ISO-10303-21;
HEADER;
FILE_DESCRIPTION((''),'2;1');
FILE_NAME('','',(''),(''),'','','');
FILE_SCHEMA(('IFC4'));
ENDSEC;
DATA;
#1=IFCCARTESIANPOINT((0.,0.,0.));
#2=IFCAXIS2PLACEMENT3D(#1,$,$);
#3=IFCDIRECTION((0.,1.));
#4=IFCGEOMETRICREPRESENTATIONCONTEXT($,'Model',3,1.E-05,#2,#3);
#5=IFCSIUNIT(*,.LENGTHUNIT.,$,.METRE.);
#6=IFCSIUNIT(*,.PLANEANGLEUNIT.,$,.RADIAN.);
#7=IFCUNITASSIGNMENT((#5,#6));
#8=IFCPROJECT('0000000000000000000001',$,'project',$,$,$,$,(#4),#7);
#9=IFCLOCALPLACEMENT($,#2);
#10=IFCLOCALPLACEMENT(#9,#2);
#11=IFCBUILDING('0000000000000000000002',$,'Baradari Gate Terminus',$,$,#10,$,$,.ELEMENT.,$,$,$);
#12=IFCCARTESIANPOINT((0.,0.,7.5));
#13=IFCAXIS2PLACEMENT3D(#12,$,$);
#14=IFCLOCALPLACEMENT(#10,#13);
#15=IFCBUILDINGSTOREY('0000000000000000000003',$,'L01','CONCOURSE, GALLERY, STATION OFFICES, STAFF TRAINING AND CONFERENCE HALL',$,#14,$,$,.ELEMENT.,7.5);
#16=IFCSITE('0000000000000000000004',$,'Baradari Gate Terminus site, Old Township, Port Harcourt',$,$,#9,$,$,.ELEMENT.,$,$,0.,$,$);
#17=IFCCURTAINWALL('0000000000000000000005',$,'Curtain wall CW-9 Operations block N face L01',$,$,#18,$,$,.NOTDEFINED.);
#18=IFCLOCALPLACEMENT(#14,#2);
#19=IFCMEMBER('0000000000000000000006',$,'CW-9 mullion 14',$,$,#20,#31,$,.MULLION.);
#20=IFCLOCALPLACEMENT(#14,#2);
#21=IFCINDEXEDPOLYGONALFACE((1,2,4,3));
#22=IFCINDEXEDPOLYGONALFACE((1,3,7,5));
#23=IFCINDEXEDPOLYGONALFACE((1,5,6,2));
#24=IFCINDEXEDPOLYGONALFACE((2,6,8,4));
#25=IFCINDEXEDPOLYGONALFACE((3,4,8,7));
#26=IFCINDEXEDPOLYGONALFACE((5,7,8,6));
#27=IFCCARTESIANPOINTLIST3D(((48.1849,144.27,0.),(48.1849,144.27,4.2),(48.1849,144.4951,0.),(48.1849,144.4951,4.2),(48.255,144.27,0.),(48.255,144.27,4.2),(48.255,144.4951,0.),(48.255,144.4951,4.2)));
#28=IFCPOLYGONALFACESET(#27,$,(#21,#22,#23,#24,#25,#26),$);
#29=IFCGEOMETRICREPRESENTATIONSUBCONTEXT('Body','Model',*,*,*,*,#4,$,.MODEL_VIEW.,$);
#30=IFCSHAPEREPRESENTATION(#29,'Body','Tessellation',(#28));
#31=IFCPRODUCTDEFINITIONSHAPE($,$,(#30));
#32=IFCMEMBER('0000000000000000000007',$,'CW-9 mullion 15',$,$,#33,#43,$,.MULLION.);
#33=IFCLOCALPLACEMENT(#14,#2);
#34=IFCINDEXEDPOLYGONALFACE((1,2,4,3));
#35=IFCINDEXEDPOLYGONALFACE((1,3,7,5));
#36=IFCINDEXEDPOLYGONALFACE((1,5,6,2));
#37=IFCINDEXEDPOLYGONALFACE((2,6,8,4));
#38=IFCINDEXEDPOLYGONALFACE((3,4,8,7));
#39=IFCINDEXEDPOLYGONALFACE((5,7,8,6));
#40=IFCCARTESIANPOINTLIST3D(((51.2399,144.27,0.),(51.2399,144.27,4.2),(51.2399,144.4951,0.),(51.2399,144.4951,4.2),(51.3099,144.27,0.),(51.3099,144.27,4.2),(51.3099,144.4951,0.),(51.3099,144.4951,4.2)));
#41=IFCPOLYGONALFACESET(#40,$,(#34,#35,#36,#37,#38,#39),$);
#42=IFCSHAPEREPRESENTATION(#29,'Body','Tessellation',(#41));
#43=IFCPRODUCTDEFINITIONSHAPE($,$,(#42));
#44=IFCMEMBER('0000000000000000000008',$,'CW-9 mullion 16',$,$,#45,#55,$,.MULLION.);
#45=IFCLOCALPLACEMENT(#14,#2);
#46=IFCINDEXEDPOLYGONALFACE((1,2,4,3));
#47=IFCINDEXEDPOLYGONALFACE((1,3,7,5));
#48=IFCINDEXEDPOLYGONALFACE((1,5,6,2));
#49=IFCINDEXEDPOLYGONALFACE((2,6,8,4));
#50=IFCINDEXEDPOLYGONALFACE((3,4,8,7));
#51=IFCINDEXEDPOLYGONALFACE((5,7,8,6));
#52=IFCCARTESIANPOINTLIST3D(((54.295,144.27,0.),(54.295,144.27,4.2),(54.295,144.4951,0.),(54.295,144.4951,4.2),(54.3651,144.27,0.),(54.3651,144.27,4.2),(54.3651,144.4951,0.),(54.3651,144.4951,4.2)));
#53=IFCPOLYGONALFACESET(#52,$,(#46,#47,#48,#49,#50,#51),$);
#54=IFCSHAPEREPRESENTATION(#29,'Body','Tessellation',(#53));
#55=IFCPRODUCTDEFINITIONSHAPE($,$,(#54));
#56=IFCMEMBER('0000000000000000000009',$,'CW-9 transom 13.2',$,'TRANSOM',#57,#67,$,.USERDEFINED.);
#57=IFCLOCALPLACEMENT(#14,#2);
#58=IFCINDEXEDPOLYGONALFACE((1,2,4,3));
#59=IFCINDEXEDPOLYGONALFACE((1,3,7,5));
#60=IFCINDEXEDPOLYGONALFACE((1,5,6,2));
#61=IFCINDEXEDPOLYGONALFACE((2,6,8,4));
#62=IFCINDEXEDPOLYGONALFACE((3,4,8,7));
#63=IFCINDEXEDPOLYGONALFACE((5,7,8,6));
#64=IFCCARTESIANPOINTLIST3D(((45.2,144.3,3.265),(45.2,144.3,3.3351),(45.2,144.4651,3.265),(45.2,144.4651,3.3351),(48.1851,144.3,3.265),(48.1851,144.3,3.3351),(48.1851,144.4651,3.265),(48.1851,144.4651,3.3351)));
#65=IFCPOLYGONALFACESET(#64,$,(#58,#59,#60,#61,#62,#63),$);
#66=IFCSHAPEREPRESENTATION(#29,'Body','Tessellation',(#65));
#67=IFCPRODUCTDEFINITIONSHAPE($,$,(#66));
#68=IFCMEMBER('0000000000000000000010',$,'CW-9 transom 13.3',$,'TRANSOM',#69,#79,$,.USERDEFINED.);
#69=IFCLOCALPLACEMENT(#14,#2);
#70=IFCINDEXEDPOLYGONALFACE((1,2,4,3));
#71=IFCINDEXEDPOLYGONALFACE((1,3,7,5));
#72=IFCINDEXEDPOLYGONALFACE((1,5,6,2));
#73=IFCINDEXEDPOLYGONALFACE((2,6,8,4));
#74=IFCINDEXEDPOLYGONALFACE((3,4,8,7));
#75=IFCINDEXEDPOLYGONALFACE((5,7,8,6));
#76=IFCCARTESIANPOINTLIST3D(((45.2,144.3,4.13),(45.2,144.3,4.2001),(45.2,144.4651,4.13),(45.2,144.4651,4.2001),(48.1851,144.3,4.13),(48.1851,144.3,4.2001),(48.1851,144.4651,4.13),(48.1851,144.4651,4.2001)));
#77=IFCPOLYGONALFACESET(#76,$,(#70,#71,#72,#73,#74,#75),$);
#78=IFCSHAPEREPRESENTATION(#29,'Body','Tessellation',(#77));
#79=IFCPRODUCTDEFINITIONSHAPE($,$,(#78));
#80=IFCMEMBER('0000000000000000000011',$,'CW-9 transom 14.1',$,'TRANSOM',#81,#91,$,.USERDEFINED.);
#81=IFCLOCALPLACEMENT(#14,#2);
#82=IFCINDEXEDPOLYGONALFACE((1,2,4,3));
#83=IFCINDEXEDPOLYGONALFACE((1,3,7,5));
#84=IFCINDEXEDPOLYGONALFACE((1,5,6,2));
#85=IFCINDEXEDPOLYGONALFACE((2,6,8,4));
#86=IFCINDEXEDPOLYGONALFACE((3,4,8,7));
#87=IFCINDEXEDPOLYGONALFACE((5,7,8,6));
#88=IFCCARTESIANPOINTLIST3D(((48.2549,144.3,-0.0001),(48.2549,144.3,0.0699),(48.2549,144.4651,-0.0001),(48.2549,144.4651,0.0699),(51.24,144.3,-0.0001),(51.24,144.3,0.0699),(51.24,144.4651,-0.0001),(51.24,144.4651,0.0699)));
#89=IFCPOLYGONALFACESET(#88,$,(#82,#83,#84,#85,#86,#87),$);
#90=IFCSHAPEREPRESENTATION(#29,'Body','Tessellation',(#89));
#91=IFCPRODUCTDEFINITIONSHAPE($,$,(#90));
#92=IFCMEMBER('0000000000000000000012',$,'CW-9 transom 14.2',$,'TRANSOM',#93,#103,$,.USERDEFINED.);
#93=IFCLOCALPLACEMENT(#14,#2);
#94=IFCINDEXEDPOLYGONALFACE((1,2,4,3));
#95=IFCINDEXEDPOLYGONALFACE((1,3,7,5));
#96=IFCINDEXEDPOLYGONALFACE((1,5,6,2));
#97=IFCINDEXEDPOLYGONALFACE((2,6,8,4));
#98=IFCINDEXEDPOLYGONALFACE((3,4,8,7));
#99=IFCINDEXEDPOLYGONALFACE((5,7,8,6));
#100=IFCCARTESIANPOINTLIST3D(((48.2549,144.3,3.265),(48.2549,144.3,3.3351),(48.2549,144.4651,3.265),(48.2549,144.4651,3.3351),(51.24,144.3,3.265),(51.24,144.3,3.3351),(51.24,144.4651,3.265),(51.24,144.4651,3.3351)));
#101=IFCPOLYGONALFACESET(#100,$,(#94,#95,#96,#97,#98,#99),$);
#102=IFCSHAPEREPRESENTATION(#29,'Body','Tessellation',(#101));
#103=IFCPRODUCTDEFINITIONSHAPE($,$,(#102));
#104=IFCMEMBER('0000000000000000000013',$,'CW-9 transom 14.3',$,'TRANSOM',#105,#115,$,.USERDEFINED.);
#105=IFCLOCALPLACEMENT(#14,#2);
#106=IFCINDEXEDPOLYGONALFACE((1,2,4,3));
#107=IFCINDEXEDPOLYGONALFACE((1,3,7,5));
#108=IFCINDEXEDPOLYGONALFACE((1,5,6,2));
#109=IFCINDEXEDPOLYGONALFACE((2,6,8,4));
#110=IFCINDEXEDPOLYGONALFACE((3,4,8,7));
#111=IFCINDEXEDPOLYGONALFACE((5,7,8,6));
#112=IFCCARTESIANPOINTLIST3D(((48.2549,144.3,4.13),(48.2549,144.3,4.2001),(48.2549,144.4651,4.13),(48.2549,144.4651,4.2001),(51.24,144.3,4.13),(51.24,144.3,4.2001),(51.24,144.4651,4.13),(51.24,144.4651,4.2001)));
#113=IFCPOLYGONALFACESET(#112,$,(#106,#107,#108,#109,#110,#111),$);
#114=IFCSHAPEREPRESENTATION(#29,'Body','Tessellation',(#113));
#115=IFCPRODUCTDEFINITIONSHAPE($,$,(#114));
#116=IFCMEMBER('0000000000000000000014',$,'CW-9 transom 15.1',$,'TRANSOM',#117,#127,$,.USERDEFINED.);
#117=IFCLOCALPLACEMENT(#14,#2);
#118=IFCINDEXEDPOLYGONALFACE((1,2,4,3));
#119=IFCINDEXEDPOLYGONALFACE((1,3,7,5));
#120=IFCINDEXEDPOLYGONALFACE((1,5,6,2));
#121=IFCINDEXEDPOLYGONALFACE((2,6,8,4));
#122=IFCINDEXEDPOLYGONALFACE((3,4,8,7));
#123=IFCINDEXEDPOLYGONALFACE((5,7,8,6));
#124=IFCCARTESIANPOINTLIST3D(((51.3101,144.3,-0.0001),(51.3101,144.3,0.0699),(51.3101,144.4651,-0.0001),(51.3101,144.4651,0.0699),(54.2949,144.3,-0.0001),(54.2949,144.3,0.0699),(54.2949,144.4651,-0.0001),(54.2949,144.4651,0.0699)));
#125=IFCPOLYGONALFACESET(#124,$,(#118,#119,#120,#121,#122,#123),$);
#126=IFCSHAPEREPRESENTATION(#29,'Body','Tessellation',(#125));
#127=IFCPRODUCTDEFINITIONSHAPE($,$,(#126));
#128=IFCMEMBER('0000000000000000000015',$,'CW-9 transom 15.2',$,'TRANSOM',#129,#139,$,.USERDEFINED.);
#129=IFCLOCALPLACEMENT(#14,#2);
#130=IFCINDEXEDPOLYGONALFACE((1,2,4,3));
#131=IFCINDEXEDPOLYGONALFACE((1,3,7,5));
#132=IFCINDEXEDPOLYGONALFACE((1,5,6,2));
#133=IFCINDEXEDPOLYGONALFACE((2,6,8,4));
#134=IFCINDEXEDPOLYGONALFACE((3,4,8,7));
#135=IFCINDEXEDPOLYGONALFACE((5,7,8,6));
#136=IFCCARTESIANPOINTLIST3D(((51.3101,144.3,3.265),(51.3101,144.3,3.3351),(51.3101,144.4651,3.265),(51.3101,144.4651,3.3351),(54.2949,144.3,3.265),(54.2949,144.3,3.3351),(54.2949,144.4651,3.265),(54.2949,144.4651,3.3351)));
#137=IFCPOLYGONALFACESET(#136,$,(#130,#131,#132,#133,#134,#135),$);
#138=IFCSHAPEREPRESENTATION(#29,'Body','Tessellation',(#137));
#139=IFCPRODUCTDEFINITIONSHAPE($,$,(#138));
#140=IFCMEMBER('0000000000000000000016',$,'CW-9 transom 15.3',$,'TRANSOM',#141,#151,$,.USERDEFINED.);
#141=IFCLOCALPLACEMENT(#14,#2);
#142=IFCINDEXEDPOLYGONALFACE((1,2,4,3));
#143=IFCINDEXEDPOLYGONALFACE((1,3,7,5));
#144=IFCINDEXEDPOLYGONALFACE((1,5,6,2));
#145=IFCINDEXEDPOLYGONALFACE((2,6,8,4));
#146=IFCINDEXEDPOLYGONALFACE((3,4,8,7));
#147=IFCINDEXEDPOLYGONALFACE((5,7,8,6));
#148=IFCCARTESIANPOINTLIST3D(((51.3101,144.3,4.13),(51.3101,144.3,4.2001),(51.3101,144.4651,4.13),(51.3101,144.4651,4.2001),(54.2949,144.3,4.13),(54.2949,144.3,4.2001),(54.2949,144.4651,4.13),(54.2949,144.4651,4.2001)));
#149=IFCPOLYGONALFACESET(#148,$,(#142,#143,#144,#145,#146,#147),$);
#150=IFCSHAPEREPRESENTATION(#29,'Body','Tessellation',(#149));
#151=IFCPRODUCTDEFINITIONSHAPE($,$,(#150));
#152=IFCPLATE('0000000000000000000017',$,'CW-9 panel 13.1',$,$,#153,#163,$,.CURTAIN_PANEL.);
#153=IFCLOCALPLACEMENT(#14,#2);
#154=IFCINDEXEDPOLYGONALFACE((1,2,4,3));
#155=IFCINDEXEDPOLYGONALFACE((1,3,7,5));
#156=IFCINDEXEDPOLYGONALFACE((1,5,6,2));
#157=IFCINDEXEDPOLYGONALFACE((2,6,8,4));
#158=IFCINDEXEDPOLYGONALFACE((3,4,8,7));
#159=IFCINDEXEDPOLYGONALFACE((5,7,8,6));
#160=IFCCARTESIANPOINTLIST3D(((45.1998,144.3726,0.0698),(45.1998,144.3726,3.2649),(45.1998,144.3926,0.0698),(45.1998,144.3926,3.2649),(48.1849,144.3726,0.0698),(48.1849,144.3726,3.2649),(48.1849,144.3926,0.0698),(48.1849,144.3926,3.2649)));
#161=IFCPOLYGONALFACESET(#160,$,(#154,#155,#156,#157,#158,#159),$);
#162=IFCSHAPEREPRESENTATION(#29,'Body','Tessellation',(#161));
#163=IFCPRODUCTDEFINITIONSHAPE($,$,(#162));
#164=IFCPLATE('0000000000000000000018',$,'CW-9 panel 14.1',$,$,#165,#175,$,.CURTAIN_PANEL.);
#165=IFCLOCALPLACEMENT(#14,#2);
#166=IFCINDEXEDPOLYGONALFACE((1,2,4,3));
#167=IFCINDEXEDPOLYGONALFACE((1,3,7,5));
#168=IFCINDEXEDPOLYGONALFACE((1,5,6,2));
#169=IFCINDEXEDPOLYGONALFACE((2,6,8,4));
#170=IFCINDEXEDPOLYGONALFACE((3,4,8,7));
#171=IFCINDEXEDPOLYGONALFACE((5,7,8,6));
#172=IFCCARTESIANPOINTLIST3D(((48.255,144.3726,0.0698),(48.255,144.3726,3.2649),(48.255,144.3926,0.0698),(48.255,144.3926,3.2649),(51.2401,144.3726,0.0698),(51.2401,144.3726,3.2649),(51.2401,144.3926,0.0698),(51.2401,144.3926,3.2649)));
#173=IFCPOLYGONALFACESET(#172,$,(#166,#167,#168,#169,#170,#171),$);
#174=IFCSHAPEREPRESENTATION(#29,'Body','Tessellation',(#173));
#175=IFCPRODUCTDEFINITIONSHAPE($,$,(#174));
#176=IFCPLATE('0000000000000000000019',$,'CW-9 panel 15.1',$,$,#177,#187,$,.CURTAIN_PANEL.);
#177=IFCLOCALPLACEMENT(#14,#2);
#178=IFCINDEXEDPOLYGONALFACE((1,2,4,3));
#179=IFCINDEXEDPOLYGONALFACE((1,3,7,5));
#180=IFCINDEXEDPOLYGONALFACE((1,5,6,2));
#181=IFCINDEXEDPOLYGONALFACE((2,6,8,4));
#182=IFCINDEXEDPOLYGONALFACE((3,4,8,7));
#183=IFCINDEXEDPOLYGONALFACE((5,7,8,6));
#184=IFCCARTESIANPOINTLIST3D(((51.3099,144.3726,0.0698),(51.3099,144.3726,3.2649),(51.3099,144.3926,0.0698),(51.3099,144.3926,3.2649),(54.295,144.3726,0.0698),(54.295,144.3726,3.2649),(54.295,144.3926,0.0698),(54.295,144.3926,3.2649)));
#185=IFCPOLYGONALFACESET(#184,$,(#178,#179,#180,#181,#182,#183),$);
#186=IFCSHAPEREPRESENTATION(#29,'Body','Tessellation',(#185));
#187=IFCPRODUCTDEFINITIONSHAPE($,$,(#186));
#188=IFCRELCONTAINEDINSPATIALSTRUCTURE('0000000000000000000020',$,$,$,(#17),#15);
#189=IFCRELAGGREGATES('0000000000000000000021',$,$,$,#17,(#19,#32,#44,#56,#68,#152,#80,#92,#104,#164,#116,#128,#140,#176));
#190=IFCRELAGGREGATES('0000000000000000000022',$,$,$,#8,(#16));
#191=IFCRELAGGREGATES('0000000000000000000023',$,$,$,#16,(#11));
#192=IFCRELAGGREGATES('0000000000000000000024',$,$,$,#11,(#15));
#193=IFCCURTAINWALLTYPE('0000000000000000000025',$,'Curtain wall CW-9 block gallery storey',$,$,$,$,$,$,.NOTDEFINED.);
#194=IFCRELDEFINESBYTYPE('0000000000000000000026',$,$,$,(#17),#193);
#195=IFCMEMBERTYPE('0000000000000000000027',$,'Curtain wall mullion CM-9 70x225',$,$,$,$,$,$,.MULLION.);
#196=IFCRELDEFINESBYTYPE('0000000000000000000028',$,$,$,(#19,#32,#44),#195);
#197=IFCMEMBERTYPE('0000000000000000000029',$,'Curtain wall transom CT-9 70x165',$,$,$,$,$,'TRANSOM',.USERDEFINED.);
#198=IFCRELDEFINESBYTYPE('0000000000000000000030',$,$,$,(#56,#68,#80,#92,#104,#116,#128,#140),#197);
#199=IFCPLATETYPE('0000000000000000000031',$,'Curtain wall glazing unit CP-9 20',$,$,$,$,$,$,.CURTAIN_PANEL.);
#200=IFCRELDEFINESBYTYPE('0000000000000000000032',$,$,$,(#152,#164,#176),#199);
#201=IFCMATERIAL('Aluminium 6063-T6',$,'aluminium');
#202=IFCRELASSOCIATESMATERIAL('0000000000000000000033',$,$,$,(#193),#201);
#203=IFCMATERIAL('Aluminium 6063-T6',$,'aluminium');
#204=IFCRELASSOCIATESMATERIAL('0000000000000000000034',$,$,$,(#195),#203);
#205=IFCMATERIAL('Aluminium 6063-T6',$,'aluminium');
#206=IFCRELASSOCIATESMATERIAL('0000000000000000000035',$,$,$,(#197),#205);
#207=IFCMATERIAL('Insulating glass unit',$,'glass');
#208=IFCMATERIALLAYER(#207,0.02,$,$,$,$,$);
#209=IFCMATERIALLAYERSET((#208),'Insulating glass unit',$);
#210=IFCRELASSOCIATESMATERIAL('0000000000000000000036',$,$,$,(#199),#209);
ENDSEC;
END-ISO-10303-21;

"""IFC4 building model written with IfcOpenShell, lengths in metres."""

from ifc_helpers import new_model, si_unit, direction, frame, origin, origin_2d, place, context, subcontext, project, spatial, rectangle, extrude, material, layer, layer_set, material_profile, profile_set, type_object, element, aggregate, save


model = new_model("IFC4")

# Units and contexts
model_context = context("Model", 3, precision=1e-05, world=origin(), true_north=direction((0.0, 1.0)))
body_context = subcontext(model_context, "Body", "Model", "MODEL_VIEW")
ifc_project = project(units=[si_unit("LENGTHUNIT", "METRE"), si_unit("PLANEANGLEUNIT", "RADIAN")], contexts=[model_context])

# Site, building, storey
site_placement = place(None, origin())
site = spatial("IfcSite", under=ifc_project, at=site_placement, Name="Baradari Gate Terminus site, Old Township, Port Harcourt", CompositionType="ELEMENT", RefElevation=0.0)
building_placement = place(site_placement, origin())
building = spatial("IfcBuilding", under=site, at=building_placement, Name="Baradari Gate Terminus", CompositionType="ELEMENT")
storey_placement = place(building_placement, frame((0.0, 0.0, 7.5)))
storey = spatial("IfcBuildingStorey", under=building, at=storey_placement, Name="L01", Description="CONCOURSE, GALLERY, STATION OFFICES, STAFF TRAINING AND CONFERENCE HALL", CompositionType="ELEMENT", Elevation=7.5)

# Curtain wall, members, plates
ifc_material_1 = material(Name="Aluminium 6063-T6", Category="aluminium")
curtain_wall_type = type_object("IfcCurtainWallType", Name="Curtain wall CW-9 block gallery storey", PredefinedType="NOTDEFINED", material=ifc_material_1)
curtain_wall_placement = place(storey_placement, origin())
curtain_wall = element("IfcCurtainWall", 1, at=curtain_wall_placement, inside=storey, type_object=curtain_wall_type, Name="Curtain wall CW-9 Operations block N face L01", PredefinedType="NOTDEFINED")
ifc_material_2 = material(Name="Aluminium 6063-T6", Category="aluminium")
ifc_material_profile_1 = material_profile(ifc_material_2, rectangle(XDim=0.2251, YDim=0.0701, at=origin_2d()), Name="CM-9 70X225")
ifc_profile_set_1 = profile_set([ifc_material_profile_1], Name="Aluminium 6063-T6")
member_type_1 = type_object("IfcMemberType", Name="Curtain wall mullion CM-9 70x225", PredefinedType="MULLION", material=ifc_profile_set_1)
member_1_placement = place(storey_placement, frame((48.22, 144.3826, 0.0), z_axis=(0.0, 0.0, 1.0), x_axis=(0.0, 1.0, 0.0)))
member_1 = element("IfcMember", 2, at=member_1_placement, type_object=member_type_1, Name="CW-9 mullion 14", PredefinedType="MULLION", context=body_context, shape_type="SweptSolid", body=[
    extrude(rectangle(XDim=0.2251, YDim=0.0701, at=origin_2d()), origin(), (0.0, 0.0, 1.0), 4.2),
])
member_2_placement = place(storey_placement, frame((51.2749, 144.3826, 0.0), z_axis=(0.0, 0.0, 1.0), x_axis=(0.0, 1.0, 0.0)))
member_2 = element("IfcMember", 3, at=member_2_placement, type_object=member_type_1, Name="CW-9 mullion 15", PredefinedType="MULLION", context=body_context, shape_type="SweptSolid", body=[
    extrude(rectangle(XDim=0.2251, YDim=0.0701, at=origin_2d()), origin(), (0.0, 0.0, 1.0), 4.2),
])
member_3_placement = place(storey_placement, frame((54.3301, 144.3826, 0.0), z_axis=(0.0, 0.0, 1.0), x_axis=(0.0, 1.0, 0.0)))
member_3 = element("IfcMember", 4, at=member_3_placement, type_object=member_type_1, Name="CW-9 mullion 16", PredefinedType="MULLION", context=body_context, shape_type="SweptSolid", body=[
    extrude(rectangle(XDim=0.2251, YDim=0.0701, at=origin_2d()), origin(), (0.0, 0.0, 1.0), 4.2),
])
ifc_material_3 = material(Name="Aluminium 6063-T6", Category="aluminium")
ifc_material_profile_2 = material_profile(ifc_material_3, rectangle(XDim=0.165, YDim=0.0701, at=origin_2d()), Name="CT-9 70X165")
ifc_profile_set_2 = profile_set([ifc_material_profile_2], Name="Aluminium 6063-T6")
member_type_2 = type_object("IfcMemberType", Name="Curtain wall transom CT-9 70x165", ElementType="TRANSOM", PredefinedType="USERDEFINED", material=ifc_profile_set_2)
member_4_placement = place(storey_placement, frame((45.2, 144.3826, 3.3), z_axis=(1.0, 0.0, 0.0), x_axis=(0.0, 1.0, 0.0)))
member_4 = element("IfcMember", 5, at=member_4_placement, type_object=member_type_2, Name="CW-9 transom 13.2", ObjectType="TRANSOM", PredefinedType="USERDEFINED", context=body_context, shape_type="SweptSolid", body=[
    extrude(rectangle(XDim=0.165, YDim=0.0701, at=origin_2d()), origin(), (0.0, 0.0, 1.0), 2.9851),
])
member_5_placement = place(storey_placement, frame((45.2, 144.3826, 4.165), z_axis=(1.0, 0.0, 0.0), x_axis=(0.0, 1.0, 0.0)))
member_5 = element("IfcMember", 6, at=member_5_placement, type_object=member_type_2, Name="CW-9 transom 13.3", ObjectType="TRANSOM", PredefinedType="USERDEFINED", context=body_context, shape_type="SweptSolid", body=[
    extrude(rectangle(XDim=0.165, YDim=0.0701, at=origin_2d()), origin(), (0.0, 0.0, 1.0), 2.9851),
])
member_6_placement = place(storey_placement, frame((48.2549, 144.3826, 0.0349), z_axis=(1.0, 0.0, 0.0), x_axis=(0.0, 1.0, 0.0)))
member_6 = element("IfcMember", 7, at=member_6_placement, type_object=member_type_2, Name="CW-9 transom 14.1", ObjectType="TRANSOM", PredefinedType="USERDEFINED", context=body_context, shape_type="SweptSolid", body=[
    extrude(rectangle(XDim=0.165, YDim=0.0701, at=origin_2d()), origin(), (0.0, 0.0, 1.0), 2.9851),
])
member_7_placement = place(storey_placement, frame((48.2549, 144.3826, 3.3), z_axis=(1.0, 0.0, 0.0), x_axis=(0.0, 1.0, 0.0)))
member_7 = element("IfcMember", 8, at=member_7_placement, type_object=member_type_2, Name="CW-9 transom 14.2", ObjectType="TRANSOM", PredefinedType="USERDEFINED", context=body_context, shape_type="SweptSolid", body=[
    extrude(rectangle(XDim=0.165, YDim=0.0701, at=origin_2d()), origin(), (0.0, 0.0, 1.0), 2.9851),
])
member_8_placement = place(storey_placement, frame((48.2549, 144.3826, 4.165), z_axis=(1.0, 0.0, 0.0), x_axis=(0.0, 1.0, 0.0)))
member_8 = element("IfcMember", 9, at=member_8_placement, type_object=member_type_2, Name="CW-9 transom 14.3", ObjectType="TRANSOM", PredefinedType="USERDEFINED", context=body_context, shape_type="SweptSolid", body=[
    extrude(rectangle(XDim=0.165, YDim=0.0701, at=origin_2d()), origin(), (0.0, 0.0, 1.0), 2.9851),
])
member_9_placement = place(storey_placement, frame((51.3101, 144.3826, 0.0349), z_axis=(1.0, 0.0, 0.0), x_axis=(0.0, 1.0, 0.0)))
member_9 = element("IfcMember", 10, at=member_9_placement, type_object=member_type_2, Name="CW-9 transom 15.1", ObjectType="TRANSOM", PredefinedType="USERDEFINED", context=body_context, shape_type="SweptSolid", body=[
    extrude(rectangle(XDim=0.165, YDim=0.0701, at=origin_2d()), origin(), (0.0, 0.0, 1.0), 2.9849),
])
member_10_placement = place(storey_placement, frame((51.3101, 144.3826, 3.3), z_axis=(1.0, 0.0, 0.0), x_axis=(0.0, 1.0, 0.0)))
member_10 = element("IfcMember", 11, at=member_10_placement, type_object=member_type_2, Name="CW-9 transom 15.2", ObjectType="TRANSOM", PredefinedType="USERDEFINED", context=body_context, shape_type="SweptSolid", body=[
    extrude(rectangle(XDim=0.165, YDim=0.0701, at=origin_2d()), origin(), (0.0, 0.0, 1.0), 2.9849),
])
member_11_placement = place(storey_placement, frame((51.3101, 144.3826, 4.165), z_axis=(1.0, 0.0, 0.0), x_axis=(0.0, 1.0, 0.0)))
member_11 = element("IfcMember", 12, at=member_11_placement, type_object=member_type_2, Name="CW-9 transom 15.3", ObjectType="TRANSOM", PredefinedType="USERDEFINED", context=body_context, shape_type="SweptSolid", body=[
    extrude(rectangle(XDim=0.165, YDim=0.0701, at=origin_2d()), origin(), (0.0, 0.0, 1.0), 2.9849),
])
ifc_material_4 = material(Name="Insulating glass unit", Category="glass")
ifc_layer_1 = layer(ifc_material_4, 0.02)
ifc_layer_set_1 = layer_set([ifc_layer_1], Name="Insulating glass unit")
plate_type_1 = type_object("IfcPlateType", Name="Curtain wall glazing unit CP-9 20", PredefinedType="CURTAIN_PANEL", material=ifc_layer_set_1)
plate_1_placement = place(storey_placement, frame((46.6924, 144.3826, 0.0698), z_axis=(0.0, 0.0, 1.0), x_axis=(1.0, 0.0, 0.0)))
plate_1 = element("IfcPlate", 13, at=plate_1_placement, type_object=plate_type_1, Name="CW-9 panel 13.1", PredefinedType="CURTAIN_PANEL", context=body_context, shape_type="SweptSolid", body=[
    extrude(rectangle(XDim=2.9851, YDim=0.02, at=origin_2d()), origin(), (0.0, 0.0, 1.0), 3.1951),
])
plate_2_placement = place(storey_placement, frame((49.7476, 144.3826, 0.0698), z_axis=(0.0, 0.0, 1.0), x_axis=(1.0, 0.0, 0.0)))
plate_2 = element("IfcPlate", 14, at=plate_2_placement, type_object=plate_type_1, Name="CW-9 panel 14.1", PredefinedType="CURTAIN_PANEL", context=body_context, shape_type="SweptSolid", body=[
    extrude(rectangle(XDim=2.9851, YDim=0.02, at=origin_2d()), origin(), (0.0, 0.0, 1.0), 3.1951),
])
plate_3_placement = place(storey_placement, frame((52.8025, 144.3826, 0.0698), z_axis=(0.0, 0.0, 1.0), x_axis=(1.0, 0.0, 0.0)))
plate_3 = element("IfcPlate", 15, at=plate_3_placement, type_object=plate_type_1, Name="CW-9 panel 15.1", PredefinedType="CURTAIN_PANEL", context=body_context, shape_type="SweptSolid", body=[
    extrude(rectangle(XDim=2.9851, YDim=0.02, at=origin_2d()), origin(), (0.0, 0.0, 1.0), 3.1951),
])
aggregate(curtain_wall, [member_1, member_2, member_3, member_4, member_5, plate_1, member_6, member_7, member_8, plate_2, member_9, member_10, member_11, plate_3])

save(model, "model.ifc")
